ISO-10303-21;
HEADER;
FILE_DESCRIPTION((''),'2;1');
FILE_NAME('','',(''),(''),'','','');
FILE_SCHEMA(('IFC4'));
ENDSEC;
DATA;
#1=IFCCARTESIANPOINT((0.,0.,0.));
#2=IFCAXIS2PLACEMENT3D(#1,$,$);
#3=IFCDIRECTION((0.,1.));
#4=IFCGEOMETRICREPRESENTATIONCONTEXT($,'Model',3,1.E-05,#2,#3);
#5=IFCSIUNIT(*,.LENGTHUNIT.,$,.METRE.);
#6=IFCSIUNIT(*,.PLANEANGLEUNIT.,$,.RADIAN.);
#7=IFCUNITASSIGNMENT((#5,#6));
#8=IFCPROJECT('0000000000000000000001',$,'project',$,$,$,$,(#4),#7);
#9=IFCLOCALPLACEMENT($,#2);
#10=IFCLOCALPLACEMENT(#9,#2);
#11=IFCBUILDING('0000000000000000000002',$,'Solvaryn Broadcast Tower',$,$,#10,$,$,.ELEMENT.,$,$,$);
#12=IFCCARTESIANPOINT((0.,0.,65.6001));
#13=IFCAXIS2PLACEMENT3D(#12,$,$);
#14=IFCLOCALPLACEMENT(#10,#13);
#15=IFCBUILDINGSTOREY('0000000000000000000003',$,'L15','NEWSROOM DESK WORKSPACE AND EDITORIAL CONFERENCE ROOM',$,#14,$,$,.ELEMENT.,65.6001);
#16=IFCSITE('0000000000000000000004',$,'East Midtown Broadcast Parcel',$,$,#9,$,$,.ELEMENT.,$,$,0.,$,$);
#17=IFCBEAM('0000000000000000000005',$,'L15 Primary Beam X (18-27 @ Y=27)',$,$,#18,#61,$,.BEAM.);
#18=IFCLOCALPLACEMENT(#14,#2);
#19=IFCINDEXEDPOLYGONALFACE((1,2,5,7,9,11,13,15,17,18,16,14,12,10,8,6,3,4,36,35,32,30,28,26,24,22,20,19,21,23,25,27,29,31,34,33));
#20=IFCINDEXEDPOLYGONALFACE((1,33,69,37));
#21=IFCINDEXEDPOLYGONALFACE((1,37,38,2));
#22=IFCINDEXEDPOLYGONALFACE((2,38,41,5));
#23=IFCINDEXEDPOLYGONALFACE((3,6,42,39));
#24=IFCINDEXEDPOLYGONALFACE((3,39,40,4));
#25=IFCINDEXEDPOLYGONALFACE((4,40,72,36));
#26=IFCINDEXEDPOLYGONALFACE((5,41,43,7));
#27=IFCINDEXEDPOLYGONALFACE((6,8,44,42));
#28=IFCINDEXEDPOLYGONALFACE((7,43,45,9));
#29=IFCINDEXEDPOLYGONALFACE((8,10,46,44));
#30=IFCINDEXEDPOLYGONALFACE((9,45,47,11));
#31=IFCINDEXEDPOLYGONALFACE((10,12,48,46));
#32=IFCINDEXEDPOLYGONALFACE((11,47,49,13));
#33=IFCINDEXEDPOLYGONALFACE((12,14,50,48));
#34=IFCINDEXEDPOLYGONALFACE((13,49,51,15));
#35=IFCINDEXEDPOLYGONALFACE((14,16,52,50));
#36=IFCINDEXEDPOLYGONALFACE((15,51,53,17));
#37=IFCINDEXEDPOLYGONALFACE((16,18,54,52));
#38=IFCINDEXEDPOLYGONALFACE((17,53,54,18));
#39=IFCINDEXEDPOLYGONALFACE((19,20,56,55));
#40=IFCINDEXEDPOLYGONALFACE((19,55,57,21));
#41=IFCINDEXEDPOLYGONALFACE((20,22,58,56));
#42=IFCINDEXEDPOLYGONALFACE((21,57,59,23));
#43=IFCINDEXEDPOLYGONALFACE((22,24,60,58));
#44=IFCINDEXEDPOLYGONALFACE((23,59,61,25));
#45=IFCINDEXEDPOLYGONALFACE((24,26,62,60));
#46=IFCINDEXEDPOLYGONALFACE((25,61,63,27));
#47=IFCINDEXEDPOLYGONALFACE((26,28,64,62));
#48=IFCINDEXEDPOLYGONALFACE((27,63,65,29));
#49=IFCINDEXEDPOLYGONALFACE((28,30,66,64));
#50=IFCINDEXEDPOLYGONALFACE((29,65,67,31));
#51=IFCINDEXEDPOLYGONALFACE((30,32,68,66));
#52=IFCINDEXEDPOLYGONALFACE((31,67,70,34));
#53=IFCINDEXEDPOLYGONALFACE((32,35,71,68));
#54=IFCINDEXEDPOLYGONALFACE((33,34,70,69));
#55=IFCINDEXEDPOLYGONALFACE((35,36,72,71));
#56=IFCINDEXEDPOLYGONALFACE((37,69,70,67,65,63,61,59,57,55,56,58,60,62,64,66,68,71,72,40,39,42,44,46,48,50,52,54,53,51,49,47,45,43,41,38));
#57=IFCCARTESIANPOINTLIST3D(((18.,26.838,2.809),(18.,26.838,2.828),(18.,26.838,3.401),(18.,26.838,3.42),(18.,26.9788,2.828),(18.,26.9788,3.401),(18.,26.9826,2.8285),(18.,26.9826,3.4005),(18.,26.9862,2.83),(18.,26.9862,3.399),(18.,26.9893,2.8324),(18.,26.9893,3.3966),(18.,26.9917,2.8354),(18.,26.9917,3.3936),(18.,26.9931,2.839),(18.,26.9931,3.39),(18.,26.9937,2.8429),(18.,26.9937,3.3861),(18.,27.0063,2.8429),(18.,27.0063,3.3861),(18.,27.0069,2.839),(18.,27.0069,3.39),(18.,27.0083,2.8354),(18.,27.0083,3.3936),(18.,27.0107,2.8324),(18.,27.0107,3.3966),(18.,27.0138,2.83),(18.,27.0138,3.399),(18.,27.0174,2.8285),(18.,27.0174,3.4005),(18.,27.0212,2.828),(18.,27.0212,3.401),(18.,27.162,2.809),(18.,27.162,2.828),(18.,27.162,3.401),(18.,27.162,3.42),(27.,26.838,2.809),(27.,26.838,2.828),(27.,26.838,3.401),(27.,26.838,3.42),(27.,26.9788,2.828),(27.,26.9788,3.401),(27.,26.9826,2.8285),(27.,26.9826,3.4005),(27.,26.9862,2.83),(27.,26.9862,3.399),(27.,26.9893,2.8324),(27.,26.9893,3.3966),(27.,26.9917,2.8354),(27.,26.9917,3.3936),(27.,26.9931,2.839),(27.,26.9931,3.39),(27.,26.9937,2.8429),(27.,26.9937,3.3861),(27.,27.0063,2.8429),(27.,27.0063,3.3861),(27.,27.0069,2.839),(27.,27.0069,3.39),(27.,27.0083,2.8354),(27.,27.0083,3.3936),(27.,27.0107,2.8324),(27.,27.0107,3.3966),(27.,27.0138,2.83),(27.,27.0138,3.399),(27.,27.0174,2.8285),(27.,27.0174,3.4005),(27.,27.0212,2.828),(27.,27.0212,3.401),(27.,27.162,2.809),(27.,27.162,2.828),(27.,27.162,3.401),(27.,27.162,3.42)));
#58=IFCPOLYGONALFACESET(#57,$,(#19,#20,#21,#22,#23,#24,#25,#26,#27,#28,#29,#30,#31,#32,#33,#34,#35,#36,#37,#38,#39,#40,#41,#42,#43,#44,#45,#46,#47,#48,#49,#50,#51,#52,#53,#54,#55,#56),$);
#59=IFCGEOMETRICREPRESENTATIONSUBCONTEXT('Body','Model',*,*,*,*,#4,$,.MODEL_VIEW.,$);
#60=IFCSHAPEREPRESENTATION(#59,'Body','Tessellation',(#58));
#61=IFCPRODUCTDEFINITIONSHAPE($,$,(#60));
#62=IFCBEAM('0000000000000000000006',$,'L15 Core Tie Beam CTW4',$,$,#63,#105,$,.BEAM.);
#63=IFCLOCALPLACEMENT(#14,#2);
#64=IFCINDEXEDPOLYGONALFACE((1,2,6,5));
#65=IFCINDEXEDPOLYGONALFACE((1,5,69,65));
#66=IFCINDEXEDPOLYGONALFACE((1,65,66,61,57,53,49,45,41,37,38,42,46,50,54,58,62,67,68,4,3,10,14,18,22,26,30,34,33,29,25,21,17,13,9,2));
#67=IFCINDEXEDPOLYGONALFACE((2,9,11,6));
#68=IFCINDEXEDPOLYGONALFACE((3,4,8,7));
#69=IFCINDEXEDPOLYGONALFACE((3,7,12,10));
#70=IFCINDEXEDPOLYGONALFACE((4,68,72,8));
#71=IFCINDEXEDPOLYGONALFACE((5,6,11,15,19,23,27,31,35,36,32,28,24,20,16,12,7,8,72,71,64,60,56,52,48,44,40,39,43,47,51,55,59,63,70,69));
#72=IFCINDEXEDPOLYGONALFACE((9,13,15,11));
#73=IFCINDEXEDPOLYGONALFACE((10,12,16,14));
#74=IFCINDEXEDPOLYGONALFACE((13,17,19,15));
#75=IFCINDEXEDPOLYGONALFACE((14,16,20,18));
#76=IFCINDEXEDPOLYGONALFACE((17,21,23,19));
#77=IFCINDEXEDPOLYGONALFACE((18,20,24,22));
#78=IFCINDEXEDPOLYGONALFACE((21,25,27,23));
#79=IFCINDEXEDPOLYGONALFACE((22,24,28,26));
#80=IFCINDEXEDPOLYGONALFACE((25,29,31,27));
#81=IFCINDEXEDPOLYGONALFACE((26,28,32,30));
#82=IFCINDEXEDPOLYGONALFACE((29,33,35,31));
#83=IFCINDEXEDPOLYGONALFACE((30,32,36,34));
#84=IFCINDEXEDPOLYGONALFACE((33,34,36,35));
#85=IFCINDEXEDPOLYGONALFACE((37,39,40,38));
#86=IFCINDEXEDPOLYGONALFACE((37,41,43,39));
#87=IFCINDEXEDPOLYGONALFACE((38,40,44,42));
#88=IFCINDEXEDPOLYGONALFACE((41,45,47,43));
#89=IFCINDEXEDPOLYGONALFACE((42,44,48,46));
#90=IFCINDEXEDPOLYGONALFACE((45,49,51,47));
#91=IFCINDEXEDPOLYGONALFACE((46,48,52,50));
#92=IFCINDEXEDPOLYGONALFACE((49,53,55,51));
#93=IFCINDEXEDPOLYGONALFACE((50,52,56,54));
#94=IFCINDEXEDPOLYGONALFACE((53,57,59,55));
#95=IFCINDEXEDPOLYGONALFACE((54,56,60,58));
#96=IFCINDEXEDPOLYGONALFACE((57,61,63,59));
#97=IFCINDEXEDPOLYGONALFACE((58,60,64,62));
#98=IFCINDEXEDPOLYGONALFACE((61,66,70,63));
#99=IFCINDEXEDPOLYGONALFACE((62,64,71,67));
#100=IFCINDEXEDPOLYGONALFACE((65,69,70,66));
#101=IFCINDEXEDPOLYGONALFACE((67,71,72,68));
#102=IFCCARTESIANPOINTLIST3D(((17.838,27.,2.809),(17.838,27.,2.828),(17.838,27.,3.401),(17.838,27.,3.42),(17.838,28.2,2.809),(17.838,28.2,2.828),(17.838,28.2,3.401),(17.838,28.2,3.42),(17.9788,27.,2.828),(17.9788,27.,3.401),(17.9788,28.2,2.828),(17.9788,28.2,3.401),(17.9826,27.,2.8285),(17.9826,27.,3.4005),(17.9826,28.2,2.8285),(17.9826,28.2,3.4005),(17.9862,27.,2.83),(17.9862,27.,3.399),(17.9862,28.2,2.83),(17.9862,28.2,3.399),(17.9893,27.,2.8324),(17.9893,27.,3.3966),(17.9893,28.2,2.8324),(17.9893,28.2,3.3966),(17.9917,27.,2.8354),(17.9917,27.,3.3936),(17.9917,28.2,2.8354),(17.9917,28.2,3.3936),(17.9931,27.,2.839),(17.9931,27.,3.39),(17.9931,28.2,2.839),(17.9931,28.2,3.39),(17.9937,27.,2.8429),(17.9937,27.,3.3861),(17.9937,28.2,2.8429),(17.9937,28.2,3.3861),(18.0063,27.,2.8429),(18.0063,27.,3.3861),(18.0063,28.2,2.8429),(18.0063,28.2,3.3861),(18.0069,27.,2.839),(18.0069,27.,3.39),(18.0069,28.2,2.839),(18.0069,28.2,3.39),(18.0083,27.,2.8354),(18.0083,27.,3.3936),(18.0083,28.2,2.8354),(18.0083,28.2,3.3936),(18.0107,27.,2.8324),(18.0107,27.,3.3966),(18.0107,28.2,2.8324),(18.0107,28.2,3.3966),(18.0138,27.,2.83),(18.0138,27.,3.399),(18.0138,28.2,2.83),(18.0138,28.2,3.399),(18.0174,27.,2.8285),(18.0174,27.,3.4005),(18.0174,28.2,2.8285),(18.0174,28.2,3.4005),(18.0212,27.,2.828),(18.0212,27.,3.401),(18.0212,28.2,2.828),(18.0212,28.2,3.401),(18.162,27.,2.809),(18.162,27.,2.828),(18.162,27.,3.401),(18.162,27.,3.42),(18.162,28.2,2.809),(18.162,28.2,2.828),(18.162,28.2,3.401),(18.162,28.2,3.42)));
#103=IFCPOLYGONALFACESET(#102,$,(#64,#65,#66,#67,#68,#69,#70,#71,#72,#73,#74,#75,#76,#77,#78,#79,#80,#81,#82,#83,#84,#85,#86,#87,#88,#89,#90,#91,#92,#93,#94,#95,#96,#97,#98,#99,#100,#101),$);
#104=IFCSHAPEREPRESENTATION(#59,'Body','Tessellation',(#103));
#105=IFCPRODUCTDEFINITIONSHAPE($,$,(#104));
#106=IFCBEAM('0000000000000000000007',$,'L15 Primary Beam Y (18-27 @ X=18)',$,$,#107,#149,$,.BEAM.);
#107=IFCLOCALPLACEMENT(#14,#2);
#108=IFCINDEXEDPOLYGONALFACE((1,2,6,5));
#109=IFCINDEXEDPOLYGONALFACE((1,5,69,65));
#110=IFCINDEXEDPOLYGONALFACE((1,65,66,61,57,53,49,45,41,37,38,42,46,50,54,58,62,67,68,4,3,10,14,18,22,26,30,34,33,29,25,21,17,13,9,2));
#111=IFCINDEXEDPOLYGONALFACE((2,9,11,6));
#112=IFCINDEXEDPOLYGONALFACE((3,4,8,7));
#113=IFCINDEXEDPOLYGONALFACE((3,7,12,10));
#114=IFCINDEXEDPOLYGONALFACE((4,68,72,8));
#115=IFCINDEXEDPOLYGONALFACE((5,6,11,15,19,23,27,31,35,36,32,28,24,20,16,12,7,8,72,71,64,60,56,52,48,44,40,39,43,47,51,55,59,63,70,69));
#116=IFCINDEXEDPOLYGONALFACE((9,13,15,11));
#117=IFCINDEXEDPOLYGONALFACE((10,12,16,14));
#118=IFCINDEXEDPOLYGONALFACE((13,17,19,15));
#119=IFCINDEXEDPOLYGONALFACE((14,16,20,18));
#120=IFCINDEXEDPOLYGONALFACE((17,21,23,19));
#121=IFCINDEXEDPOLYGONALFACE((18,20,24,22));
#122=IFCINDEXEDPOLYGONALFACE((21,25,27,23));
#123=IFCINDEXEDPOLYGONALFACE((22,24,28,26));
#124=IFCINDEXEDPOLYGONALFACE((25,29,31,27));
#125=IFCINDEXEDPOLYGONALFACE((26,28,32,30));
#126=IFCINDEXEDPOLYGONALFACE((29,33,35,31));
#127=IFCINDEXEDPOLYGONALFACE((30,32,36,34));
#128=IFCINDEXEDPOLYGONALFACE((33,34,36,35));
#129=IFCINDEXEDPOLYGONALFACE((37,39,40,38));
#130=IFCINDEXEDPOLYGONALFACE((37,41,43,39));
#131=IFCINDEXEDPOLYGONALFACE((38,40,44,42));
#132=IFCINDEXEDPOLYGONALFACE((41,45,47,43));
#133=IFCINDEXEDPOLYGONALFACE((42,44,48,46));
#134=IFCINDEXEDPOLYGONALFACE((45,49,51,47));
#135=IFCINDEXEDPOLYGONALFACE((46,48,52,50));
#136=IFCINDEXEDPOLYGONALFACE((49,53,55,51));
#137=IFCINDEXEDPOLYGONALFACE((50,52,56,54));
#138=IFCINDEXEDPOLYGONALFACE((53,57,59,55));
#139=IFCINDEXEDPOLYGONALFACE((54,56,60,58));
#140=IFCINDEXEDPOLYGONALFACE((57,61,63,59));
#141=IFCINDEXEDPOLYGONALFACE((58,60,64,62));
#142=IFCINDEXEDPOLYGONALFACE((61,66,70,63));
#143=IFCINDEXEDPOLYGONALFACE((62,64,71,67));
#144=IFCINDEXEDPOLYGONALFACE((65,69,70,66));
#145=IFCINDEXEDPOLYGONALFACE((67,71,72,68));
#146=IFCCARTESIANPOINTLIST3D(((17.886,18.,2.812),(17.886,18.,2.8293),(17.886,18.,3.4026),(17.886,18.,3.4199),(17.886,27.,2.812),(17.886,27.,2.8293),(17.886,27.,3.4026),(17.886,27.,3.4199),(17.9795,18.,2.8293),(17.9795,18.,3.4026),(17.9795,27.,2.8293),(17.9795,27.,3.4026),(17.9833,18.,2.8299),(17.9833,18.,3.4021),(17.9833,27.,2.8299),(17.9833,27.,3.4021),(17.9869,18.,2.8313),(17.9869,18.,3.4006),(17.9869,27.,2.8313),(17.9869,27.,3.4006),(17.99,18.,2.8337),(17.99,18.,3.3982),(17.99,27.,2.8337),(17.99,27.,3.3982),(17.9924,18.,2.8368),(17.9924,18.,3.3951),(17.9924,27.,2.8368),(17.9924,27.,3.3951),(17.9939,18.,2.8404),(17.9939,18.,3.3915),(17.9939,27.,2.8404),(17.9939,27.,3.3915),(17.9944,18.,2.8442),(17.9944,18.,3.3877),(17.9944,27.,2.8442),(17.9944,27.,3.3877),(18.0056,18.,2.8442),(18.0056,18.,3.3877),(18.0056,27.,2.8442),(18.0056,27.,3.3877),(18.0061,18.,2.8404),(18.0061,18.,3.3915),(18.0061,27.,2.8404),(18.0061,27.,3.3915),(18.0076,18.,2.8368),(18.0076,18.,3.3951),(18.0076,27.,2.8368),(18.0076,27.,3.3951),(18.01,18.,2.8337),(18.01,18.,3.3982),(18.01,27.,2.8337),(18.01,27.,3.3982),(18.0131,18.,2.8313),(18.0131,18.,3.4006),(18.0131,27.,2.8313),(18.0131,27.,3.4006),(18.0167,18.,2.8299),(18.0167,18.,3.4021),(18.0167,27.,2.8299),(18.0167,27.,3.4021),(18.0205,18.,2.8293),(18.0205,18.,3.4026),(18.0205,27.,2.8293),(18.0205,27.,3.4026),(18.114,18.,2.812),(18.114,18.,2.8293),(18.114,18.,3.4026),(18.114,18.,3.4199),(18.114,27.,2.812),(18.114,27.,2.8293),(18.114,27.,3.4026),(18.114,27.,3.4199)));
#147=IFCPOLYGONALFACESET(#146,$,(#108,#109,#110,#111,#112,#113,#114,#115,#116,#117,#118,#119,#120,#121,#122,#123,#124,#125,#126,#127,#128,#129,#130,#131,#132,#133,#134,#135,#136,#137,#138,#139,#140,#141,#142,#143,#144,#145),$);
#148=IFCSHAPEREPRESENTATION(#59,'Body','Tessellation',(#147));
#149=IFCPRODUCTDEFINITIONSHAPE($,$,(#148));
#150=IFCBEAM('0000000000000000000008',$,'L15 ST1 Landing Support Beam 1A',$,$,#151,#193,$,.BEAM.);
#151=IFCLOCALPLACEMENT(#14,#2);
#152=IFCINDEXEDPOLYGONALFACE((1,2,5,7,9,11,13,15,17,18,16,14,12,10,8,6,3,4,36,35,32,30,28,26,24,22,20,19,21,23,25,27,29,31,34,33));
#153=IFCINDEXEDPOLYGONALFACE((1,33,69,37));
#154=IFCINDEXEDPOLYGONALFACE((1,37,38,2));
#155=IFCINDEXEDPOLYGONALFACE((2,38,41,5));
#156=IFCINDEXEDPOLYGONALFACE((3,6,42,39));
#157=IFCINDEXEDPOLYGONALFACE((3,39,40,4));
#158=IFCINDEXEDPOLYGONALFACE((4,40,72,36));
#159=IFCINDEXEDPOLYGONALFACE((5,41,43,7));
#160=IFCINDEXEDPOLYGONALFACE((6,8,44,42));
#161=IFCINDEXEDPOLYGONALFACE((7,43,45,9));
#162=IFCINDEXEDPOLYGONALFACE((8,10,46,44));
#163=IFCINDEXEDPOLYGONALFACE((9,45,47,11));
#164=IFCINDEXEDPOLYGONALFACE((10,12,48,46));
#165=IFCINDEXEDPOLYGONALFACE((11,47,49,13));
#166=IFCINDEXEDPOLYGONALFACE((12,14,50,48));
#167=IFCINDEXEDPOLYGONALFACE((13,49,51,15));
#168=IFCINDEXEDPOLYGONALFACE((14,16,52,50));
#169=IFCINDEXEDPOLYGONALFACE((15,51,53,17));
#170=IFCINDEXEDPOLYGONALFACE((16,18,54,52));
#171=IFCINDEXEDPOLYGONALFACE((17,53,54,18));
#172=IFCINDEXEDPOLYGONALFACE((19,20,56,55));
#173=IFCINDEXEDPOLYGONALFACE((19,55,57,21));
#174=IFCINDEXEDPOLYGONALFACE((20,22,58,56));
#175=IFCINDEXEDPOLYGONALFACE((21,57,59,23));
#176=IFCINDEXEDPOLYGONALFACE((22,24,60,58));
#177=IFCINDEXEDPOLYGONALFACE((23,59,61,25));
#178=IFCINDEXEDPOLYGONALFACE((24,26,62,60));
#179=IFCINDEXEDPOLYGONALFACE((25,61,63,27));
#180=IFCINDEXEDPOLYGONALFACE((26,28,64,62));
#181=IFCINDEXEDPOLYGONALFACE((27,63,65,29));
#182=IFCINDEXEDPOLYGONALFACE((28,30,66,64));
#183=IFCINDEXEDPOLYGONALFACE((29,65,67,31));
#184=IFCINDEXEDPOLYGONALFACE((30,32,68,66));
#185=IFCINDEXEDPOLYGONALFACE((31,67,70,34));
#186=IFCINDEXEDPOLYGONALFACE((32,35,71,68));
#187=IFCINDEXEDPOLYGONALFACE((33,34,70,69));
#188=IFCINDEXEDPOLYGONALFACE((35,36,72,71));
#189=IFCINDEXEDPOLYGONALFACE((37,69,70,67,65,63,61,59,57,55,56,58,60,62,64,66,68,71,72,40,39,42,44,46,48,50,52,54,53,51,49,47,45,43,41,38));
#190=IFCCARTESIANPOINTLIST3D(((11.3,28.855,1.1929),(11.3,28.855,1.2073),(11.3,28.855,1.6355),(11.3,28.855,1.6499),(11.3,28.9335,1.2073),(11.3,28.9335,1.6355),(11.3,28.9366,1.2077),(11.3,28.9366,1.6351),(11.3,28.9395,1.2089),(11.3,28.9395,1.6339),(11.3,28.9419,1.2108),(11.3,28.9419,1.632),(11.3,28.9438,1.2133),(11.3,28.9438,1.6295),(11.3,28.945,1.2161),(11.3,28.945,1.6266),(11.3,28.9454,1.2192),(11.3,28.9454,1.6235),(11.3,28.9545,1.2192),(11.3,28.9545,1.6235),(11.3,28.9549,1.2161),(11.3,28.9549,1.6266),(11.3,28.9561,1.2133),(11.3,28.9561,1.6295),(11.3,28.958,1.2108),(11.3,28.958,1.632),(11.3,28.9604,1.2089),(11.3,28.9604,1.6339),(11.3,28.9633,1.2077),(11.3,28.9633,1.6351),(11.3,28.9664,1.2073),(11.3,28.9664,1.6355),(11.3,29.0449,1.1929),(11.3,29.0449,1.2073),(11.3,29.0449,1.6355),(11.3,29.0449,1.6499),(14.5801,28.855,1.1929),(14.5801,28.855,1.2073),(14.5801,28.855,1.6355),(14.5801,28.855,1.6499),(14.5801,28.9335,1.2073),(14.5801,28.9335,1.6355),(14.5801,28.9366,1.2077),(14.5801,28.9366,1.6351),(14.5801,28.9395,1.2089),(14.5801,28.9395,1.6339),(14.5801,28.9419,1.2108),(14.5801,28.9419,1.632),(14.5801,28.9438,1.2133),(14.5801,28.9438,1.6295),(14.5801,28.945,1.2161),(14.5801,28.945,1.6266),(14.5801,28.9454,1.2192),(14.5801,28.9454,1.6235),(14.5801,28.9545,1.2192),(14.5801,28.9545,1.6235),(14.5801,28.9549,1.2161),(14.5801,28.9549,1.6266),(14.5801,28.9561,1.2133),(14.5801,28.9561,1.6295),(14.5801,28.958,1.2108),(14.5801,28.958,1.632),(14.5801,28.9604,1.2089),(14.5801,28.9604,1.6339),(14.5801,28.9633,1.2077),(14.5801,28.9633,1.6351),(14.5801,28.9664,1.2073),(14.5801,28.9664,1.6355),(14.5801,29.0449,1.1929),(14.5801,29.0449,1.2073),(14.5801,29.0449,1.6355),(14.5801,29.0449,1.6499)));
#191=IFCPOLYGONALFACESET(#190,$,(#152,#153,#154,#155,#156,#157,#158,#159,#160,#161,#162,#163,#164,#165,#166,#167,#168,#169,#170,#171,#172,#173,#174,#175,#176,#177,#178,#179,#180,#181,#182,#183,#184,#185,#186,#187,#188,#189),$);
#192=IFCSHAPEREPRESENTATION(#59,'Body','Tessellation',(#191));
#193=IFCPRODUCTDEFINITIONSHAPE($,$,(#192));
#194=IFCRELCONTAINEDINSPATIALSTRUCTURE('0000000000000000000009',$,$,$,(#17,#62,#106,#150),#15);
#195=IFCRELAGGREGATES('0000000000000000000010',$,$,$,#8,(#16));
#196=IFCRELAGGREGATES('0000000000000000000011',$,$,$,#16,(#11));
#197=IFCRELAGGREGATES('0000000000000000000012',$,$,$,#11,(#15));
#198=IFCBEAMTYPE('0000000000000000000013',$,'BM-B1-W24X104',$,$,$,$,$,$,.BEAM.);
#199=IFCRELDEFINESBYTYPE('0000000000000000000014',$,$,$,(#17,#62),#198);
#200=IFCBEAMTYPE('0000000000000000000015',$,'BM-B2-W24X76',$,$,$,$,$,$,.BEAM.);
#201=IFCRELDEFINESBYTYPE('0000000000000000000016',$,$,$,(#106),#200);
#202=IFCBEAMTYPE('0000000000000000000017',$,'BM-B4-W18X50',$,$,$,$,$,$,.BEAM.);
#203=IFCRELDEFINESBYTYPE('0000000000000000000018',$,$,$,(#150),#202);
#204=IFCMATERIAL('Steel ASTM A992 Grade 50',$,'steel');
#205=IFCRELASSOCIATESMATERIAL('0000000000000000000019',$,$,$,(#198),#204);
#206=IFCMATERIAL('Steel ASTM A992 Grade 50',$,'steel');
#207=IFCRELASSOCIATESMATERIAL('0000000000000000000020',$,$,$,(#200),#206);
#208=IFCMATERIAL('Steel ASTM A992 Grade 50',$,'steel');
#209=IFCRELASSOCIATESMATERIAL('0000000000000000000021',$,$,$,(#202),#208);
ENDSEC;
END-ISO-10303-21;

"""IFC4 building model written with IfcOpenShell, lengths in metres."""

from ifc_helpers import new_model, si_unit, direction, frame, origin, origin_2d, place, context, subcontext, project, spatial, i_section, extrude, material, material_profile, profile_set, type_object, element, save


model = new_model("IFC4")

# Units and contexts
model_context = context("Model", 3, precision=1e-05, world=origin(), true_north=direction((0.0, 1.0)))
body_context = subcontext(model_context, "Body", "Model", "MODEL_VIEW")
ifc_project = project(units=[si_unit("LENGTHUNIT", "METRE"), si_unit("PLANEANGLEUNIT", "RADIAN")], contexts=[model_context])

# Site, building, storey
site_placement = place(None, origin())
site = spatial("IfcSite", under=ifc_project, at=site_placement, Name="East Midtown Broadcast Parcel", CompositionType="ELEMENT", RefElevation=0.0)
building_placement = place(site_placement, origin())
building = spatial("IfcBuilding", under=site, at=building_placement, Name="Solvaryn Broadcast Tower", CompositionType="ELEMENT")
storey_placement = place(building_placement, frame((0.0, 0.0, 65.6001)))
storey = spatial("IfcBuildingStorey", under=building, at=storey_placement, Name="L15", Description="NEWSROOM DESK WORKSPACE AND EDITORIAL CONFERENCE ROOM", CompositionType="ELEMENT", Elevation=65.6001)

# Beams
ifc_material_1 = material(Name="Steel ASTM A992 Grade 50", Category="steel")
ifc_material_profile_1 = material_profile(ifc_material_1, i_section(OverallWidth=0.324, OverallDepth=0.6111, WebThickness=0.0127, FlangeThickness=0.019, FilletRadius=0.0149, at=origin_2d()))
ifc_profile_set_1 = profile_set([ifc_material_profile_1], Name="Steel ASTM A992 Grade 50")
beam_type_1 = type_object("IfcBeamType", Name="BM-B1-W24X104", PredefinedType="BEAM", material=ifc_profile_set_1)
for number, where, z_axis, x_axis, name in (
    (1, (18.0, 27.0, 3.1145), (1.0, 0.0, 0.0), (0.0, 1.0, 0.0), "L15 Primary Beam X (18-27 @ Y=27)"),
):
    element("IfcBeam", number, at=place(storey_placement, frame(where, z_axis=z_axis, x_axis=x_axis)), inside=storey, type_object=beam_type_1, Name=name, PredefinedType="BEAM", context=body_context, shape_type="SweptSolid", body=[
        extrude(i_section(OverallWidth=0.324, OverallDepth=0.6111, WebThickness=0.0127, FlangeThickness=0.019, FilletRadius=0.0149, at=origin_2d()), origin(), (0.0, 0.0, 1.0), 9.0),
    ])
beam_1_placement = place(storey_placement, frame((18.0, 27.0, 3.1145), z_axis=(0.0, 1.0, 0.0), x_axis=(-1.0, 0.0, 0.0)))
element("IfcBeam", 2, at=beam_1_placement, inside=storey, type_object=beam_type_1, Name="L15 Core Tie Beam CTW4", PredefinedType="BEAM", context=body_context, shape_type="SweptSolid", body=[
    extrude(i_section(OverallWidth=0.324, OverallDepth=0.6111, WebThickness=0.0127, FlangeThickness=0.019, FilletRadius=0.0149, at=origin_2d()), origin(), (0.0, 0.0, 1.0), 1.2),
])
ifc_material_2 = material(Name="Steel ASTM A992 Grade 50", Category="steel")
ifc_material_profile_2 = material_profile(ifc_material_2, i_section(OverallWidth=0.228, OverallDepth=0.6079, WebThickness=0.0112, FlangeThickness=0.0173, FilletRadius=0.0149, at=origin_2d()))
ifc_profile_set_2 = profile_set([ifc_material_profile_2], Name="Steel ASTM A992 Grade 50")
beam_type_2 = type_object("IfcBeamType", Name="BM-B2-W24X76", PredefinedType="BEAM", material=ifc_profile_set_2)
beam_2_placement = place(storey_placement, frame((18.0, 18.0, 3.116), z_axis=(0.0, 1.0, 0.0), x_axis=(-1.0, 0.0, 0.0)))
element("IfcBeam", 3, at=beam_2_placement, inside=storey, type_object=beam_type_2, Name="L15 Primary Beam Y (18-27 @ X=18)", PredefinedType="BEAM", context=body_context, shape_type="SweptSolid", body=[
    extrude(i_section(OverallWidth=0.228, OverallDepth=0.6079, WebThickness=0.0112, FlangeThickness=0.0173, FilletRadius=0.0149, at=origin_2d()), origin(), (0.0, 0.0, 1.0), 9.0),
])
ifc_material_3 = material(Name="Steel ASTM A992 Grade 50", Category="steel")
ifc_material_profile_3 = material_profile(ifc_material_3, i_section(OverallWidth=0.1899, OverallDepth=0.457, WebThickness=0.009, FlangeThickness=0.0144, FilletRadius=0.012, at=origin_2d()))
ifc_profile_set_3 = profile_set([ifc_material_profile_3], Name="Steel ASTM A992 Grade 50")
beam_type_3 = type_object("IfcBeamType", Name="BM-B4-W18X50", PredefinedType="BEAM", material=ifc_profile_set_3)
beam_3_placement = place(storey_placement, frame((11.3, 28.95, 1.4214), z_axis=(1.0, 0.0, 0.0), x_axis=(0.0, 1.0, 0.0)))
element("IfcBeam", 4, at=beam_3_placement, inside=storey, type_object=beam_type_3, Name="L15 ST1 Landing Support Beam 1A", PredefinedType="BEAM", context=body_context, shape_type="SweptSolid", body=[
    extrude(i_section(OverallWidth=0.1899, OverallDepth=0.457, WebThickness=0.009, FlangeThickness=0.0144, FilletRadius=0.012, at=origin_2d()), origin(), (0.0, 0.0, 1.0), 3.28),
])

save(model, "model.ifc")
